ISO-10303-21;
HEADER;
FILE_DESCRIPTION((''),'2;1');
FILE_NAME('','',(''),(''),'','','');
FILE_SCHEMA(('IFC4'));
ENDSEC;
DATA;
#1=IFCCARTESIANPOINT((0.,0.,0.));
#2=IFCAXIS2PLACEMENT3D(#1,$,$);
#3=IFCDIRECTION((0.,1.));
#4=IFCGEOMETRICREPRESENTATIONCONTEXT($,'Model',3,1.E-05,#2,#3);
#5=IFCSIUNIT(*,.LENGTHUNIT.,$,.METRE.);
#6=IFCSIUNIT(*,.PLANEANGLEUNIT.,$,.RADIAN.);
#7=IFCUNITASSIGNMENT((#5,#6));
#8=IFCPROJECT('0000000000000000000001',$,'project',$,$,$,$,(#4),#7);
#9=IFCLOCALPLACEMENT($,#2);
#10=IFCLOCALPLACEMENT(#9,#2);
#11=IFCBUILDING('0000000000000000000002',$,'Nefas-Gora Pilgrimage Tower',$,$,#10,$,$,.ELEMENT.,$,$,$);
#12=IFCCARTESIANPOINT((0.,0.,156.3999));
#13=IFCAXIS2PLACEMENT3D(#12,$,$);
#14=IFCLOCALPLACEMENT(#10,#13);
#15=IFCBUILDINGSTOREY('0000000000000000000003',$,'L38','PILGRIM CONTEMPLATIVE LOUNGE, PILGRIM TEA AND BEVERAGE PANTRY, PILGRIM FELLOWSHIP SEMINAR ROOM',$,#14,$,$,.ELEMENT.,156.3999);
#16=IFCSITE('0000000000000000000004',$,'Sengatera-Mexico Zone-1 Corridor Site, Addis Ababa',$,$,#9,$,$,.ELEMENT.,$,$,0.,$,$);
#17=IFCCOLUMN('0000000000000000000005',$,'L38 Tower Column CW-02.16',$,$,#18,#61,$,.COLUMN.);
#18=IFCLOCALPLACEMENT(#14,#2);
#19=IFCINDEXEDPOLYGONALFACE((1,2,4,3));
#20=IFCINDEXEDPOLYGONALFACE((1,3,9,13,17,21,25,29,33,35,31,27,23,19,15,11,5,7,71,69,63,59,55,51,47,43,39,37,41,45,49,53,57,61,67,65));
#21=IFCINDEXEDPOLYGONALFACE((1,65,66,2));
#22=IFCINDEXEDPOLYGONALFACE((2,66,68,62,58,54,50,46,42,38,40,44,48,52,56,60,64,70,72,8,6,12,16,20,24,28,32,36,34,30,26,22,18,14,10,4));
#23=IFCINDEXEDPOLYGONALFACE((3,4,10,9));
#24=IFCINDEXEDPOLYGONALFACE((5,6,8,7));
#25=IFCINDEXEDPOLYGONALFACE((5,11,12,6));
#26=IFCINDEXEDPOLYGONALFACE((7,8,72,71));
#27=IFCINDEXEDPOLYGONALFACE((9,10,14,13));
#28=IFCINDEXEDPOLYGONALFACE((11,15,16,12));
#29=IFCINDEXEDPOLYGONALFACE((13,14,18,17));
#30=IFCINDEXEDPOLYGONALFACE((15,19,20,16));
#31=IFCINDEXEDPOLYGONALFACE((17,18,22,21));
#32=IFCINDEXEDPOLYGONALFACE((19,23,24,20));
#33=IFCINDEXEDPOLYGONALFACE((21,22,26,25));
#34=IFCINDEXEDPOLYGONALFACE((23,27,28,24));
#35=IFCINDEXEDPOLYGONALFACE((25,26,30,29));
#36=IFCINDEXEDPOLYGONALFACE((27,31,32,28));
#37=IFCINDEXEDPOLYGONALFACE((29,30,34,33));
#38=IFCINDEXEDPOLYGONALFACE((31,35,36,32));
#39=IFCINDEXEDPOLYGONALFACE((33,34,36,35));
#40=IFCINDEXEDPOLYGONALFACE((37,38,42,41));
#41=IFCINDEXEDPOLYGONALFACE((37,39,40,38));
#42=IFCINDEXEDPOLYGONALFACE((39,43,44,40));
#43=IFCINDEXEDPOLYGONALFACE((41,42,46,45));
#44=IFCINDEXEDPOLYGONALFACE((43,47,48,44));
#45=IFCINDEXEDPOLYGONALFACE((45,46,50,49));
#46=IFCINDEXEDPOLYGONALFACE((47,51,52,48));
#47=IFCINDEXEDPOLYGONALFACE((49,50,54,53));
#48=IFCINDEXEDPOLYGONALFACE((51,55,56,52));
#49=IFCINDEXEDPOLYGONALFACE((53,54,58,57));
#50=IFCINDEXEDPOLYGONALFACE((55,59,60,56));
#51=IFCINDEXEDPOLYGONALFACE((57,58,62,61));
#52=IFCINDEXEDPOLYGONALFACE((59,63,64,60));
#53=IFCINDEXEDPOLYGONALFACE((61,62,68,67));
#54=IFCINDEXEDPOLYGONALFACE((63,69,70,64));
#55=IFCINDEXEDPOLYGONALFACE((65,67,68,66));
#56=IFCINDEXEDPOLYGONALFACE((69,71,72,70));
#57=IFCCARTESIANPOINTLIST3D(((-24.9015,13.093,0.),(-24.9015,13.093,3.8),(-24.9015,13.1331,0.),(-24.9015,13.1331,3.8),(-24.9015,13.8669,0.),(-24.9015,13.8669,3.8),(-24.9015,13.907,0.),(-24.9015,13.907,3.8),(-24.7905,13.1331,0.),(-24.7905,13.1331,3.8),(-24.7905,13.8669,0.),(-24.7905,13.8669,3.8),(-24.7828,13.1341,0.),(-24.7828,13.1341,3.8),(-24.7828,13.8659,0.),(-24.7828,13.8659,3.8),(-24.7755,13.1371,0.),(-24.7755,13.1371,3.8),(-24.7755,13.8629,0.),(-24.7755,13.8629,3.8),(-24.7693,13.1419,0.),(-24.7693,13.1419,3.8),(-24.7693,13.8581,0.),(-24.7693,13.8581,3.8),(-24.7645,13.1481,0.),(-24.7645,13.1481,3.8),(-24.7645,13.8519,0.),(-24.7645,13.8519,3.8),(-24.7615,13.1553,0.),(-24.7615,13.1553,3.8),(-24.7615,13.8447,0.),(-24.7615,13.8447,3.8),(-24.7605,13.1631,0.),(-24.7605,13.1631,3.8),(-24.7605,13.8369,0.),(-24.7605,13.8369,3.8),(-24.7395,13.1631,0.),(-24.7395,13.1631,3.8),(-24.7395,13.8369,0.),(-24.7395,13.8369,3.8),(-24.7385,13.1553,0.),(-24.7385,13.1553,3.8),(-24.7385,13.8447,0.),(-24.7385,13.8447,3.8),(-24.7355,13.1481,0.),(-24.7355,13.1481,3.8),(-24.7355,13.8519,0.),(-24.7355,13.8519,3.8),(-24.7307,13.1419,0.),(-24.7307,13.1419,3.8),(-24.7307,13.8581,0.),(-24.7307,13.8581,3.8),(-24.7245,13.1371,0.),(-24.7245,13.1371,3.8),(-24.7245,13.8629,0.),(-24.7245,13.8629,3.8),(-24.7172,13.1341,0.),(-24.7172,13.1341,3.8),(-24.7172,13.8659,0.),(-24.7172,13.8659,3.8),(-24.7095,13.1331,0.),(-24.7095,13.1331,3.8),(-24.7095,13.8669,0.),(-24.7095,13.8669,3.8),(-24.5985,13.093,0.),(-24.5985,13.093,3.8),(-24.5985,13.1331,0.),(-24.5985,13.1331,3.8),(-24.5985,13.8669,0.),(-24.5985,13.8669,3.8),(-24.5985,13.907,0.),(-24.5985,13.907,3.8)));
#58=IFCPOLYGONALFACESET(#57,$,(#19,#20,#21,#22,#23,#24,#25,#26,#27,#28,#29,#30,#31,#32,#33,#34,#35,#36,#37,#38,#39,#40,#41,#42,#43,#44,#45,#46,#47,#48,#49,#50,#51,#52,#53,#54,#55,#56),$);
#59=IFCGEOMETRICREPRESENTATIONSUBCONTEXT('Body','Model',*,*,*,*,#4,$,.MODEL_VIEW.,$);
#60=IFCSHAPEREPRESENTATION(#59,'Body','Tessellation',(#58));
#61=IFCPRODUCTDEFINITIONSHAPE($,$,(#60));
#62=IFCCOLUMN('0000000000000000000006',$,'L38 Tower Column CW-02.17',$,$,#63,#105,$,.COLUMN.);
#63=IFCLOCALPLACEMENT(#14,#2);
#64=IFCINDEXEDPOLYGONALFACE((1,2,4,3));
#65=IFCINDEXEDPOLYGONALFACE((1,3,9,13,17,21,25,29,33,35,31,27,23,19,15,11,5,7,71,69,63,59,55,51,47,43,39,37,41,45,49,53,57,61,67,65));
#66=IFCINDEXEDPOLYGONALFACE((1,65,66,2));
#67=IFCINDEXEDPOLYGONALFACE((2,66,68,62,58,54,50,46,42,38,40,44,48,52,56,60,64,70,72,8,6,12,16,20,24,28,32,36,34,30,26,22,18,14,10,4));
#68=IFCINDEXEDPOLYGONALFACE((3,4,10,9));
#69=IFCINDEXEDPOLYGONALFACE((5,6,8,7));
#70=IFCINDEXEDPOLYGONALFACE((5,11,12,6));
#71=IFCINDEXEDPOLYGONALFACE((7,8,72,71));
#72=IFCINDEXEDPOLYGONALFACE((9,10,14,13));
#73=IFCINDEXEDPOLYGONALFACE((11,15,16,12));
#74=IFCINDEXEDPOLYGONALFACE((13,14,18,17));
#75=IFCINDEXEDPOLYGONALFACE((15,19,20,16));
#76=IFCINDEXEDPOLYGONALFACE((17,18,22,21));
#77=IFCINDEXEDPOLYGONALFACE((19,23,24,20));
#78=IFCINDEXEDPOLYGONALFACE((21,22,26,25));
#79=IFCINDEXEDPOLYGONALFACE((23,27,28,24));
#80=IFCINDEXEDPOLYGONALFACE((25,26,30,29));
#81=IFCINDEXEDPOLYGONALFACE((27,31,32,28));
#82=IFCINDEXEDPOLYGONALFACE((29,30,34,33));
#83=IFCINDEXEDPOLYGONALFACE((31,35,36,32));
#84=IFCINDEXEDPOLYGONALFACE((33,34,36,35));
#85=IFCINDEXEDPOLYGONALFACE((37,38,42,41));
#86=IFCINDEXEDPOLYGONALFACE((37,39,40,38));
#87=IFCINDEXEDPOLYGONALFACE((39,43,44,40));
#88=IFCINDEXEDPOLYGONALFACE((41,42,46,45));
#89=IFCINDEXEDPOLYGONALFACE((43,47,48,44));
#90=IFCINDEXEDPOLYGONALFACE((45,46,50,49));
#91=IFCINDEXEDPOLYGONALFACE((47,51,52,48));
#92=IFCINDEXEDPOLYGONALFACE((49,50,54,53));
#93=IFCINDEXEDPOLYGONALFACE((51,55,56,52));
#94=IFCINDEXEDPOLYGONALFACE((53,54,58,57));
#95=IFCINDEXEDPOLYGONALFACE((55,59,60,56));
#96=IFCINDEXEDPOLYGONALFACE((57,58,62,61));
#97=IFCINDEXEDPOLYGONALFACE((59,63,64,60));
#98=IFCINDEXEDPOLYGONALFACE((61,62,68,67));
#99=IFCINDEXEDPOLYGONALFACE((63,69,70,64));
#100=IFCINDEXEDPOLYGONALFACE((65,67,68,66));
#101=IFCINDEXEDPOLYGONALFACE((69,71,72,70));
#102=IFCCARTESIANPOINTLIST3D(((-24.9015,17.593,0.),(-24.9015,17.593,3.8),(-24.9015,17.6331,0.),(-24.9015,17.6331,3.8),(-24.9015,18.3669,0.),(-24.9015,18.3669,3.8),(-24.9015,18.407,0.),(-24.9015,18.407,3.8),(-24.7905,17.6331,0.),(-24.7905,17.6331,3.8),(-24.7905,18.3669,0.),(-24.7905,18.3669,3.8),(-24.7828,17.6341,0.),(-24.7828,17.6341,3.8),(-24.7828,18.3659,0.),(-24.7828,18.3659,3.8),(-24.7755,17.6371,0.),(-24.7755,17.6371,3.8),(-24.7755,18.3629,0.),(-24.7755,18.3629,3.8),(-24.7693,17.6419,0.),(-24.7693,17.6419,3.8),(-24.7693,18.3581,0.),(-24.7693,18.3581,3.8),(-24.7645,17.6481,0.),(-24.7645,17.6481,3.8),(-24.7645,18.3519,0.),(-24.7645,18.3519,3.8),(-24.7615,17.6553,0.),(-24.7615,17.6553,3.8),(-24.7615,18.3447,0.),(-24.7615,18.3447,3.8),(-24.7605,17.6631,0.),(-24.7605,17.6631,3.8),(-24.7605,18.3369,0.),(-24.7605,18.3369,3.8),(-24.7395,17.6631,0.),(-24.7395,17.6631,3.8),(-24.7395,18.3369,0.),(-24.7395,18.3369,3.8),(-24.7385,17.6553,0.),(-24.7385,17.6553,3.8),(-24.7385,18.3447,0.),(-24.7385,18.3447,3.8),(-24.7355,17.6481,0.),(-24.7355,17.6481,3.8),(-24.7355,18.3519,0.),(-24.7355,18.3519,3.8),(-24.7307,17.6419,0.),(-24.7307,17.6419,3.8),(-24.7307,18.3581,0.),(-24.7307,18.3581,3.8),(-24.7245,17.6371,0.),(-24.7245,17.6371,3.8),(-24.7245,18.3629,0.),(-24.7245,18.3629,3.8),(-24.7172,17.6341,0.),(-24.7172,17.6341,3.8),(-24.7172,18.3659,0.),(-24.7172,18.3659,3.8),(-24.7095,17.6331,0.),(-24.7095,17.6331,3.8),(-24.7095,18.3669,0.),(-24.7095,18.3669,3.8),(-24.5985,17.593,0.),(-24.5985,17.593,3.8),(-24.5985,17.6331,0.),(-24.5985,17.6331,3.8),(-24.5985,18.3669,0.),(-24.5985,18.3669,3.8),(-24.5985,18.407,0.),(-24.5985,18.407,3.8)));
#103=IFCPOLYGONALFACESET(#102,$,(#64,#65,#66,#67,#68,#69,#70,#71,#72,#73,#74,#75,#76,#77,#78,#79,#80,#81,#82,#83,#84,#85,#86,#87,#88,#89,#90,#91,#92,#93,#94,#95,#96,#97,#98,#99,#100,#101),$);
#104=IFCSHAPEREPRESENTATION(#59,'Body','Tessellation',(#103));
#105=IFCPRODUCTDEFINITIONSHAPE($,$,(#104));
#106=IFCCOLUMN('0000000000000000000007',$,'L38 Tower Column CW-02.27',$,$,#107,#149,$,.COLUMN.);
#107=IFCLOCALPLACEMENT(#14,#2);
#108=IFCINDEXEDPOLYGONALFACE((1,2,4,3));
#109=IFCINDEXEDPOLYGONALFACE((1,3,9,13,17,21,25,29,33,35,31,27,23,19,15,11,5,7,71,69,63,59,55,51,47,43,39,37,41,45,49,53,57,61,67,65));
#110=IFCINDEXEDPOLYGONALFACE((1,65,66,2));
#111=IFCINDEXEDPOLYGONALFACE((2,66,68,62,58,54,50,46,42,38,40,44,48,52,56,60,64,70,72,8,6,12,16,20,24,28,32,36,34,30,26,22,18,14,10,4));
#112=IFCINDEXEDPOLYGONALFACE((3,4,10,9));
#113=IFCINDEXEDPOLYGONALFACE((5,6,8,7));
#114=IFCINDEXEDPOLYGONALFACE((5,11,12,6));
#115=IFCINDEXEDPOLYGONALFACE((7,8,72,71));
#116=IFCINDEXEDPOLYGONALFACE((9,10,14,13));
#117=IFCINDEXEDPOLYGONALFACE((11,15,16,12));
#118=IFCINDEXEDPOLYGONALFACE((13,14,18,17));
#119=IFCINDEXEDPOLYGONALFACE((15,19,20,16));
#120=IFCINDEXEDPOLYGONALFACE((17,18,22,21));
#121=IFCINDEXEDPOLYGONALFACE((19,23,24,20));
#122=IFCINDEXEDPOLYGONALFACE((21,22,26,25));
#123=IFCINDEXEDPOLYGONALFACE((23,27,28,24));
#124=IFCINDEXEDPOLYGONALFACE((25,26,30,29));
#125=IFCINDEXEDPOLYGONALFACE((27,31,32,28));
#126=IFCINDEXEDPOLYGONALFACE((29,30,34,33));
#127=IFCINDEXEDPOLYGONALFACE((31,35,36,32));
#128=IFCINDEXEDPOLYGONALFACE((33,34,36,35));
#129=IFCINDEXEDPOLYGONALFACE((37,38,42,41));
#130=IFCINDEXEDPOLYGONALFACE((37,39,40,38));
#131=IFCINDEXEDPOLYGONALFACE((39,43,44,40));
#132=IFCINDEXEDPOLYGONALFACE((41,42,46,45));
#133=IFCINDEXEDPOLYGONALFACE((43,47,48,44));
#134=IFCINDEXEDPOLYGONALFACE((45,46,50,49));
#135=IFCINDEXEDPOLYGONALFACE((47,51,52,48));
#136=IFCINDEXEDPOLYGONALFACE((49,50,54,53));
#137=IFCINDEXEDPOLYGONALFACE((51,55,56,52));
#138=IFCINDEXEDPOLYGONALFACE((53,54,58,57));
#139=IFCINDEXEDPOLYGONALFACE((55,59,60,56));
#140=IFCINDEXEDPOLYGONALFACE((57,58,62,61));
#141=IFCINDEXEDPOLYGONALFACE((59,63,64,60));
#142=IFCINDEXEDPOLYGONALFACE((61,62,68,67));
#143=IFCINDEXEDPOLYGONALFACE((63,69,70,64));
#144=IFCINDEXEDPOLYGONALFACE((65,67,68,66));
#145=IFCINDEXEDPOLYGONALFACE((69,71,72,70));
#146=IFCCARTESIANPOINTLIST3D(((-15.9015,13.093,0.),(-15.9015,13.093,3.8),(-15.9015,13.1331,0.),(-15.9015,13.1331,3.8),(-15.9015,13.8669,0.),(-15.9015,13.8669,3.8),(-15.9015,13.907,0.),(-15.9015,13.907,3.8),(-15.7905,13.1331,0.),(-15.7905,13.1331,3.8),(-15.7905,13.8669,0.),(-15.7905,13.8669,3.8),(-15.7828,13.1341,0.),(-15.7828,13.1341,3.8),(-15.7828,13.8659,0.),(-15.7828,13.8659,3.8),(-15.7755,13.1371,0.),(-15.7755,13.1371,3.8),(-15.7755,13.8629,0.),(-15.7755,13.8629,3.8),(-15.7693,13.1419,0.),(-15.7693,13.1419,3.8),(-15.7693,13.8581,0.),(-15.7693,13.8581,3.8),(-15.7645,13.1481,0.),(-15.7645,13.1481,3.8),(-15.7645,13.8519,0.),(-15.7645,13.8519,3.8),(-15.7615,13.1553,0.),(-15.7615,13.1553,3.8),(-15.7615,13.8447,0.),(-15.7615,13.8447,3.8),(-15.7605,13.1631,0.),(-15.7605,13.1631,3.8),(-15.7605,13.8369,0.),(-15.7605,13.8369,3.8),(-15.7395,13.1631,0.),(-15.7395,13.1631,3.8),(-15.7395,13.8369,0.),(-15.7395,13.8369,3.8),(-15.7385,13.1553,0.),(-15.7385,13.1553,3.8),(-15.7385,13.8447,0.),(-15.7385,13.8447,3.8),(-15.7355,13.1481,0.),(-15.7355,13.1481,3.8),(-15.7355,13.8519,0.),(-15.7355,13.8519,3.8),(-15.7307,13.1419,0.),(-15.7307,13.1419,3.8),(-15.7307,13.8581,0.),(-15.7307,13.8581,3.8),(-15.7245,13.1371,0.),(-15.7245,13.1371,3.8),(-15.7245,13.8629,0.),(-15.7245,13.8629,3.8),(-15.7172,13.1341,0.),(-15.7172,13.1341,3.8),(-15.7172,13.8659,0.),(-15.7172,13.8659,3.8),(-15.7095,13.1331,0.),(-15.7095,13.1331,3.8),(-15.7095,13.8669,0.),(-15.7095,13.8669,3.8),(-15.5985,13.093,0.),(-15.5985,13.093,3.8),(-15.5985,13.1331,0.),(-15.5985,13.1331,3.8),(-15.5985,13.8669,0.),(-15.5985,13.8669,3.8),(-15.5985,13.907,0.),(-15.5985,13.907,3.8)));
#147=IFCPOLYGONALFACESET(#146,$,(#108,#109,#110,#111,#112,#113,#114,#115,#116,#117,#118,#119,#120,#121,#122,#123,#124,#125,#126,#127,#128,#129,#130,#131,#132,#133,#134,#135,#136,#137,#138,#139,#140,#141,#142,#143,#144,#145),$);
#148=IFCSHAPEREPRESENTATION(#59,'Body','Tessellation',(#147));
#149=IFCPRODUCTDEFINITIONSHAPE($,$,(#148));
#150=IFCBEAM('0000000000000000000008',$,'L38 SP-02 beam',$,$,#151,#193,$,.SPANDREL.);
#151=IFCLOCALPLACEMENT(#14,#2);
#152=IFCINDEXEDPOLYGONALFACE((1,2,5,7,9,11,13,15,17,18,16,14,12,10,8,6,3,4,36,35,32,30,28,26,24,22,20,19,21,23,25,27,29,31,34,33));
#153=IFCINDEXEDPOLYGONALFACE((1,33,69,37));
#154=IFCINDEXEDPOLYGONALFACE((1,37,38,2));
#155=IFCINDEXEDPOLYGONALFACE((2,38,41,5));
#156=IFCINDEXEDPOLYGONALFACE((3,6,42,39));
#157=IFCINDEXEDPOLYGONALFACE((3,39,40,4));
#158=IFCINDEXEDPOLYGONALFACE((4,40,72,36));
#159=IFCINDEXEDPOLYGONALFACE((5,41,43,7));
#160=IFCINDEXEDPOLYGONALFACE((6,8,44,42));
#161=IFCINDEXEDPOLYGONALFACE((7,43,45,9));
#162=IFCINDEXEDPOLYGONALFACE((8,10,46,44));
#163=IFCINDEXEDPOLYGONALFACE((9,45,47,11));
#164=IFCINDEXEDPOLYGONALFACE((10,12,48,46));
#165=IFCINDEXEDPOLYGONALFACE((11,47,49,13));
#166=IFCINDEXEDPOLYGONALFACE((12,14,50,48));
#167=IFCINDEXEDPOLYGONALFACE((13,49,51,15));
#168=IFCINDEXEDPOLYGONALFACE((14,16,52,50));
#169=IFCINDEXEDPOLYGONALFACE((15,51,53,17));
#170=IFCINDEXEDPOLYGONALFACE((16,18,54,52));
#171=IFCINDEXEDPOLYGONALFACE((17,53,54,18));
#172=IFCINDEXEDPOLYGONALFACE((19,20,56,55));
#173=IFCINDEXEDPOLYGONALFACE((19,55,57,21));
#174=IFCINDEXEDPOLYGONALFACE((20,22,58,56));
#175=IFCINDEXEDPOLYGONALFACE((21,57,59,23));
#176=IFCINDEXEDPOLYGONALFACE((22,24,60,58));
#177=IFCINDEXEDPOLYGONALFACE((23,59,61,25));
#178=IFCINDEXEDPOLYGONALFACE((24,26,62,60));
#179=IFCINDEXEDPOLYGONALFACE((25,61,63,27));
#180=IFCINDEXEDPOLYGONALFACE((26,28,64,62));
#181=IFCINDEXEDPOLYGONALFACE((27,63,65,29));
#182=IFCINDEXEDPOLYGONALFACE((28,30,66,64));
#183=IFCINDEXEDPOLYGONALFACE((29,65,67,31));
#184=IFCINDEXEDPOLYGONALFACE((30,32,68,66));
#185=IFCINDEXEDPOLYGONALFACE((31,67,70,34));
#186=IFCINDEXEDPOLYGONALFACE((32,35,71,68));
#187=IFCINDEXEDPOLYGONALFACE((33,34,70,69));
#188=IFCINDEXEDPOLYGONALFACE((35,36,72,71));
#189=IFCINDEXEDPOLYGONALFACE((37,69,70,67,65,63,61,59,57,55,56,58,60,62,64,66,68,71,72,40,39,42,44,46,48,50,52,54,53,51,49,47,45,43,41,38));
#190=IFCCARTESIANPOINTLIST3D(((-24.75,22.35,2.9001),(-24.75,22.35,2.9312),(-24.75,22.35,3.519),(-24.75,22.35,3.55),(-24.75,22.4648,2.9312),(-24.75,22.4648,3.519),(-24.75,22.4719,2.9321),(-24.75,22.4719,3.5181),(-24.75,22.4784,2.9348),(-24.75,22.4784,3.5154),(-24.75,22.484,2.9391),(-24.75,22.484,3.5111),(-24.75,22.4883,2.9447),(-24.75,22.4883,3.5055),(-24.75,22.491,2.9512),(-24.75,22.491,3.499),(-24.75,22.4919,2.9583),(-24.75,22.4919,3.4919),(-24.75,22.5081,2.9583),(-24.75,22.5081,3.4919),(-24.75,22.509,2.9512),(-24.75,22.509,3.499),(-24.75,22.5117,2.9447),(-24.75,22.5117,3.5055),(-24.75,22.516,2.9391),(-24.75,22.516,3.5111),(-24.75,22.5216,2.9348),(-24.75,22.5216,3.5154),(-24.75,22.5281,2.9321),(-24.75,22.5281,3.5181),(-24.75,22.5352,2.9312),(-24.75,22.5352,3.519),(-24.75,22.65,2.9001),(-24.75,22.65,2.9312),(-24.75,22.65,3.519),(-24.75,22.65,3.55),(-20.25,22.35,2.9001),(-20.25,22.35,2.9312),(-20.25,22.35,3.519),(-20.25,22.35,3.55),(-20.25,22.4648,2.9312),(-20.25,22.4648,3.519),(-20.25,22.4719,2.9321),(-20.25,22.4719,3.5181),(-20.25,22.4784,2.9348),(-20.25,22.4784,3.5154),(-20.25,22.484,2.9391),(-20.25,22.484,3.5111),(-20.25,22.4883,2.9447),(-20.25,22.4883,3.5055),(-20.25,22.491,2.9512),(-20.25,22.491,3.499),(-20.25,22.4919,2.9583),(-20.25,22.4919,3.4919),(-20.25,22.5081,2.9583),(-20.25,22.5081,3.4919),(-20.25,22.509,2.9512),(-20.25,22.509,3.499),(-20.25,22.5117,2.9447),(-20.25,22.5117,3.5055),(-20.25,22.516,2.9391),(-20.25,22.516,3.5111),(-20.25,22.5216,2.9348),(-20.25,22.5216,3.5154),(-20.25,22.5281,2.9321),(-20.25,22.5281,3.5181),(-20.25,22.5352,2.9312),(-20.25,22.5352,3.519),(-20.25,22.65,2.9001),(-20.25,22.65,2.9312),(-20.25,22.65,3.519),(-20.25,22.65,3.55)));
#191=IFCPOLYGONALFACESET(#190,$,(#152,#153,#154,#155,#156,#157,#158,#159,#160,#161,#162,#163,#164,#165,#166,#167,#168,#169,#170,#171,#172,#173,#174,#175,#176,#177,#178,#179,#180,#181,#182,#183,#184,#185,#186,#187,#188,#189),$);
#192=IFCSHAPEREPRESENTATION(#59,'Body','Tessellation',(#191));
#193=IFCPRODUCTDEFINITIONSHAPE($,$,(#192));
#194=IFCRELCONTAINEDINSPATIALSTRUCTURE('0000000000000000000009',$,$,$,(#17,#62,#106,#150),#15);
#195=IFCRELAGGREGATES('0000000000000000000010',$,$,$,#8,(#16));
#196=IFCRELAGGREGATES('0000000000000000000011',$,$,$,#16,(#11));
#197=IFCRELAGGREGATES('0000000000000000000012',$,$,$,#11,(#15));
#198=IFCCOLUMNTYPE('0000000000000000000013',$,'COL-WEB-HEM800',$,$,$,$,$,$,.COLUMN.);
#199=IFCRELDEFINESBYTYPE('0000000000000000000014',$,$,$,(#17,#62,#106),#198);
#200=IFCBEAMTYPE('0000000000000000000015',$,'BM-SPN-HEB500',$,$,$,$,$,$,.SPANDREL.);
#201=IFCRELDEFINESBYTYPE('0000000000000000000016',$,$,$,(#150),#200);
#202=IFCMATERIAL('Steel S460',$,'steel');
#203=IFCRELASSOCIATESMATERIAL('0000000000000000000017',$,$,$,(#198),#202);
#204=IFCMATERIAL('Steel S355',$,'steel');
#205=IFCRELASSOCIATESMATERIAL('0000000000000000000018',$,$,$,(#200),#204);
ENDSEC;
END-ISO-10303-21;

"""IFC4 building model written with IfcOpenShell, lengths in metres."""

from ifc_helpers import new_model, si_unit, direction, frame, origin, origin_2d, place, context, subcontext, project, spatial, i_section, extrude, source, transform, mapped, material, material_profile, profile_set, type_object, element, save


model = new_model("IFC4")

# Units and contexts
model_context = context("Model", 3, precision=1e-05, world=origin(), true_north=direction((0.0, 1.0)))
body_context = subcontext(model_context, "Body", "Model", "MODEL_VIEW")
ifc_project = project(units=[si_unit("LENGTHUNIT", "METRE"), si_unit("PLANEANGLEUNIT", "RADIAN")], contexts=[model_context])

# Site, building, storey
site_placement = place(None, origin())
site = spatial("IfcSite", under=ifc_project, at=site_placement, Name="Sengatera-Mexico Zone-1 Corridor Site, Addis Ababa", CompositionType="ELEMENT", RefElevation=0.0)
building_placement = place(site_placement, origin())
building = spatial("IfcBuilding", under=site, at=building_placement, Name="Nefas-Gora Pilgrimage Tower", CompositionType="ELEMENT")
storey_placement = place(building_placement, frame((0.0, 0.0, 156.3999)))
storey = spatial("IfcBuildingStorey", under=building, at=storey_placement, Name="L38", Description="PILGRIM CONTEMPLATIVE LOUNGE, PILGRIM TEA AND BEVERAGE PANTRY, PILGRIM FELLOWSHIP SEMINAR ROOM", CompositionType="ELEMENT", Elevation=156.3999)

# Columns
ifc_material_1 = material(Name="Steel S460", Category="steel")
ifc_material_profile_1 = material_profile(ifc_material_1, i_section(OverallWidth=0.303, OverallDepth=0.814, WebThickness=0.021, FlangeThickness=0.04, FilletRadius=0.03, at=origin_2d()), Name="HEM 800")
ifc_profile_set_1 = profile_set([ifc_material_profile_1], Name="Steel S460")
column_type_1 = type_object("IfcColumnType", Name="COL-WEB-HEM800", PredefinedType="COLUMN", material=ifc_profile_set_1)
shared_shape_1 = source(origin(), body_context, "Body", "SweptSolid", [
    extrude(i_section(OverallWidth=0.303, OverallDepth=0.814, WebThickness=0.021, FlangeThickness=0.04, FilletRadius=0.03, at=origin_2d()), origin(), (0.0, 0.0, 1.0), 3.8),
])
for number, where, z_axis, x_axis, name in (
    (1, (-24.75, 13.5, 0.0), (0.0, 0.0, 1.0), (1.0, 0.0, 0.0), "L38 Tower Column CW-02.16"),
    (2, (-24.75, 18.0, 0.0), (0.0, 0.0, 1.0), (1.0, 0.0, 0.0), "L38 Tower Column CW-02.17"),
    (3, (-15.75, 13.5, 0.0), (0.0, 0.0, 1.0), (1.0, 0.0, 0.0), "L38 Tower Column CW-02.27"),
):
    element("IfcColumn", number, at=place(storey_placement, frame(where, z_axis=z_axis, x_axis=x_axis)), inside=storey, type_object=column_type_1, Name=name, PredefinedType="COLUMN", context=body_context, shape_type="MappedRepresentation", body=[
        mapped(shared_shape_1, transform((0.0, 0.0, 0.0), x_axis=(1.0, 0.0, 0.0), y_axis=(0.0, 1.0, 0.0), z_axis=(0.0, 0.0, 1.0), scale=1.0)),
    ])

# Beam
ifc_material_2 = material(Name="Steel S355", Category="steel")
ifc_material_profile_2 = material_profile(ifc_material_2, i_section(OverallWidth=0.3, OverallDepth=0.6499, WebThickness=0.0161, FlangeThickness=0.031, FilletRadius=0.0271, at=origin_2d()), Name="HEB 650")
ifc_profile_set_2 = profile_set([ifc_material_profile_2], Name="Steel S355")
beam_type_1 = type_object("IfcBeamType", Name="BM-SPN-HEB500", PredefinedType="SPANDREL", material=ifc_profile_set_2)
shared_shape_2 = source(origin(), body_context, "Body", "SweptSolid", [
    extrude(i_section(OverallWidth=0.3, OverallDepth=0.6499, WebThickness=0.0161, FlangeThickness=0.031, FilletRadius=0.0271, at=origin_2d()), origin(), (0.0, 0.0, 1.0), 4.5),
])
beam_placement = place(storey_placement, frame((-24.75, 22.5, 3.2251), z_axis=(1.0, 0.0, 0.0), x_axis=(0.0, 1.0, 0.0)))
element("IfcBeam", 4, at=beam_placement, inside=storey, type_object=beam_type_1, Name="L38 SP-02 beam", PredefinedType="SPANDREL", context=body_context, shape_type="MappedRepresentation", body=[
    mapped(shared_shape_2, transform((0.0, 0.0, 0.0), x_axis=(1.0, 0.0, 0.0), y_axis=(0.0, 1.0, 0.0), z_axis=(0.0, 0.0, 1.0), scale=1.0)),
])

save(model, "model.ifc")
